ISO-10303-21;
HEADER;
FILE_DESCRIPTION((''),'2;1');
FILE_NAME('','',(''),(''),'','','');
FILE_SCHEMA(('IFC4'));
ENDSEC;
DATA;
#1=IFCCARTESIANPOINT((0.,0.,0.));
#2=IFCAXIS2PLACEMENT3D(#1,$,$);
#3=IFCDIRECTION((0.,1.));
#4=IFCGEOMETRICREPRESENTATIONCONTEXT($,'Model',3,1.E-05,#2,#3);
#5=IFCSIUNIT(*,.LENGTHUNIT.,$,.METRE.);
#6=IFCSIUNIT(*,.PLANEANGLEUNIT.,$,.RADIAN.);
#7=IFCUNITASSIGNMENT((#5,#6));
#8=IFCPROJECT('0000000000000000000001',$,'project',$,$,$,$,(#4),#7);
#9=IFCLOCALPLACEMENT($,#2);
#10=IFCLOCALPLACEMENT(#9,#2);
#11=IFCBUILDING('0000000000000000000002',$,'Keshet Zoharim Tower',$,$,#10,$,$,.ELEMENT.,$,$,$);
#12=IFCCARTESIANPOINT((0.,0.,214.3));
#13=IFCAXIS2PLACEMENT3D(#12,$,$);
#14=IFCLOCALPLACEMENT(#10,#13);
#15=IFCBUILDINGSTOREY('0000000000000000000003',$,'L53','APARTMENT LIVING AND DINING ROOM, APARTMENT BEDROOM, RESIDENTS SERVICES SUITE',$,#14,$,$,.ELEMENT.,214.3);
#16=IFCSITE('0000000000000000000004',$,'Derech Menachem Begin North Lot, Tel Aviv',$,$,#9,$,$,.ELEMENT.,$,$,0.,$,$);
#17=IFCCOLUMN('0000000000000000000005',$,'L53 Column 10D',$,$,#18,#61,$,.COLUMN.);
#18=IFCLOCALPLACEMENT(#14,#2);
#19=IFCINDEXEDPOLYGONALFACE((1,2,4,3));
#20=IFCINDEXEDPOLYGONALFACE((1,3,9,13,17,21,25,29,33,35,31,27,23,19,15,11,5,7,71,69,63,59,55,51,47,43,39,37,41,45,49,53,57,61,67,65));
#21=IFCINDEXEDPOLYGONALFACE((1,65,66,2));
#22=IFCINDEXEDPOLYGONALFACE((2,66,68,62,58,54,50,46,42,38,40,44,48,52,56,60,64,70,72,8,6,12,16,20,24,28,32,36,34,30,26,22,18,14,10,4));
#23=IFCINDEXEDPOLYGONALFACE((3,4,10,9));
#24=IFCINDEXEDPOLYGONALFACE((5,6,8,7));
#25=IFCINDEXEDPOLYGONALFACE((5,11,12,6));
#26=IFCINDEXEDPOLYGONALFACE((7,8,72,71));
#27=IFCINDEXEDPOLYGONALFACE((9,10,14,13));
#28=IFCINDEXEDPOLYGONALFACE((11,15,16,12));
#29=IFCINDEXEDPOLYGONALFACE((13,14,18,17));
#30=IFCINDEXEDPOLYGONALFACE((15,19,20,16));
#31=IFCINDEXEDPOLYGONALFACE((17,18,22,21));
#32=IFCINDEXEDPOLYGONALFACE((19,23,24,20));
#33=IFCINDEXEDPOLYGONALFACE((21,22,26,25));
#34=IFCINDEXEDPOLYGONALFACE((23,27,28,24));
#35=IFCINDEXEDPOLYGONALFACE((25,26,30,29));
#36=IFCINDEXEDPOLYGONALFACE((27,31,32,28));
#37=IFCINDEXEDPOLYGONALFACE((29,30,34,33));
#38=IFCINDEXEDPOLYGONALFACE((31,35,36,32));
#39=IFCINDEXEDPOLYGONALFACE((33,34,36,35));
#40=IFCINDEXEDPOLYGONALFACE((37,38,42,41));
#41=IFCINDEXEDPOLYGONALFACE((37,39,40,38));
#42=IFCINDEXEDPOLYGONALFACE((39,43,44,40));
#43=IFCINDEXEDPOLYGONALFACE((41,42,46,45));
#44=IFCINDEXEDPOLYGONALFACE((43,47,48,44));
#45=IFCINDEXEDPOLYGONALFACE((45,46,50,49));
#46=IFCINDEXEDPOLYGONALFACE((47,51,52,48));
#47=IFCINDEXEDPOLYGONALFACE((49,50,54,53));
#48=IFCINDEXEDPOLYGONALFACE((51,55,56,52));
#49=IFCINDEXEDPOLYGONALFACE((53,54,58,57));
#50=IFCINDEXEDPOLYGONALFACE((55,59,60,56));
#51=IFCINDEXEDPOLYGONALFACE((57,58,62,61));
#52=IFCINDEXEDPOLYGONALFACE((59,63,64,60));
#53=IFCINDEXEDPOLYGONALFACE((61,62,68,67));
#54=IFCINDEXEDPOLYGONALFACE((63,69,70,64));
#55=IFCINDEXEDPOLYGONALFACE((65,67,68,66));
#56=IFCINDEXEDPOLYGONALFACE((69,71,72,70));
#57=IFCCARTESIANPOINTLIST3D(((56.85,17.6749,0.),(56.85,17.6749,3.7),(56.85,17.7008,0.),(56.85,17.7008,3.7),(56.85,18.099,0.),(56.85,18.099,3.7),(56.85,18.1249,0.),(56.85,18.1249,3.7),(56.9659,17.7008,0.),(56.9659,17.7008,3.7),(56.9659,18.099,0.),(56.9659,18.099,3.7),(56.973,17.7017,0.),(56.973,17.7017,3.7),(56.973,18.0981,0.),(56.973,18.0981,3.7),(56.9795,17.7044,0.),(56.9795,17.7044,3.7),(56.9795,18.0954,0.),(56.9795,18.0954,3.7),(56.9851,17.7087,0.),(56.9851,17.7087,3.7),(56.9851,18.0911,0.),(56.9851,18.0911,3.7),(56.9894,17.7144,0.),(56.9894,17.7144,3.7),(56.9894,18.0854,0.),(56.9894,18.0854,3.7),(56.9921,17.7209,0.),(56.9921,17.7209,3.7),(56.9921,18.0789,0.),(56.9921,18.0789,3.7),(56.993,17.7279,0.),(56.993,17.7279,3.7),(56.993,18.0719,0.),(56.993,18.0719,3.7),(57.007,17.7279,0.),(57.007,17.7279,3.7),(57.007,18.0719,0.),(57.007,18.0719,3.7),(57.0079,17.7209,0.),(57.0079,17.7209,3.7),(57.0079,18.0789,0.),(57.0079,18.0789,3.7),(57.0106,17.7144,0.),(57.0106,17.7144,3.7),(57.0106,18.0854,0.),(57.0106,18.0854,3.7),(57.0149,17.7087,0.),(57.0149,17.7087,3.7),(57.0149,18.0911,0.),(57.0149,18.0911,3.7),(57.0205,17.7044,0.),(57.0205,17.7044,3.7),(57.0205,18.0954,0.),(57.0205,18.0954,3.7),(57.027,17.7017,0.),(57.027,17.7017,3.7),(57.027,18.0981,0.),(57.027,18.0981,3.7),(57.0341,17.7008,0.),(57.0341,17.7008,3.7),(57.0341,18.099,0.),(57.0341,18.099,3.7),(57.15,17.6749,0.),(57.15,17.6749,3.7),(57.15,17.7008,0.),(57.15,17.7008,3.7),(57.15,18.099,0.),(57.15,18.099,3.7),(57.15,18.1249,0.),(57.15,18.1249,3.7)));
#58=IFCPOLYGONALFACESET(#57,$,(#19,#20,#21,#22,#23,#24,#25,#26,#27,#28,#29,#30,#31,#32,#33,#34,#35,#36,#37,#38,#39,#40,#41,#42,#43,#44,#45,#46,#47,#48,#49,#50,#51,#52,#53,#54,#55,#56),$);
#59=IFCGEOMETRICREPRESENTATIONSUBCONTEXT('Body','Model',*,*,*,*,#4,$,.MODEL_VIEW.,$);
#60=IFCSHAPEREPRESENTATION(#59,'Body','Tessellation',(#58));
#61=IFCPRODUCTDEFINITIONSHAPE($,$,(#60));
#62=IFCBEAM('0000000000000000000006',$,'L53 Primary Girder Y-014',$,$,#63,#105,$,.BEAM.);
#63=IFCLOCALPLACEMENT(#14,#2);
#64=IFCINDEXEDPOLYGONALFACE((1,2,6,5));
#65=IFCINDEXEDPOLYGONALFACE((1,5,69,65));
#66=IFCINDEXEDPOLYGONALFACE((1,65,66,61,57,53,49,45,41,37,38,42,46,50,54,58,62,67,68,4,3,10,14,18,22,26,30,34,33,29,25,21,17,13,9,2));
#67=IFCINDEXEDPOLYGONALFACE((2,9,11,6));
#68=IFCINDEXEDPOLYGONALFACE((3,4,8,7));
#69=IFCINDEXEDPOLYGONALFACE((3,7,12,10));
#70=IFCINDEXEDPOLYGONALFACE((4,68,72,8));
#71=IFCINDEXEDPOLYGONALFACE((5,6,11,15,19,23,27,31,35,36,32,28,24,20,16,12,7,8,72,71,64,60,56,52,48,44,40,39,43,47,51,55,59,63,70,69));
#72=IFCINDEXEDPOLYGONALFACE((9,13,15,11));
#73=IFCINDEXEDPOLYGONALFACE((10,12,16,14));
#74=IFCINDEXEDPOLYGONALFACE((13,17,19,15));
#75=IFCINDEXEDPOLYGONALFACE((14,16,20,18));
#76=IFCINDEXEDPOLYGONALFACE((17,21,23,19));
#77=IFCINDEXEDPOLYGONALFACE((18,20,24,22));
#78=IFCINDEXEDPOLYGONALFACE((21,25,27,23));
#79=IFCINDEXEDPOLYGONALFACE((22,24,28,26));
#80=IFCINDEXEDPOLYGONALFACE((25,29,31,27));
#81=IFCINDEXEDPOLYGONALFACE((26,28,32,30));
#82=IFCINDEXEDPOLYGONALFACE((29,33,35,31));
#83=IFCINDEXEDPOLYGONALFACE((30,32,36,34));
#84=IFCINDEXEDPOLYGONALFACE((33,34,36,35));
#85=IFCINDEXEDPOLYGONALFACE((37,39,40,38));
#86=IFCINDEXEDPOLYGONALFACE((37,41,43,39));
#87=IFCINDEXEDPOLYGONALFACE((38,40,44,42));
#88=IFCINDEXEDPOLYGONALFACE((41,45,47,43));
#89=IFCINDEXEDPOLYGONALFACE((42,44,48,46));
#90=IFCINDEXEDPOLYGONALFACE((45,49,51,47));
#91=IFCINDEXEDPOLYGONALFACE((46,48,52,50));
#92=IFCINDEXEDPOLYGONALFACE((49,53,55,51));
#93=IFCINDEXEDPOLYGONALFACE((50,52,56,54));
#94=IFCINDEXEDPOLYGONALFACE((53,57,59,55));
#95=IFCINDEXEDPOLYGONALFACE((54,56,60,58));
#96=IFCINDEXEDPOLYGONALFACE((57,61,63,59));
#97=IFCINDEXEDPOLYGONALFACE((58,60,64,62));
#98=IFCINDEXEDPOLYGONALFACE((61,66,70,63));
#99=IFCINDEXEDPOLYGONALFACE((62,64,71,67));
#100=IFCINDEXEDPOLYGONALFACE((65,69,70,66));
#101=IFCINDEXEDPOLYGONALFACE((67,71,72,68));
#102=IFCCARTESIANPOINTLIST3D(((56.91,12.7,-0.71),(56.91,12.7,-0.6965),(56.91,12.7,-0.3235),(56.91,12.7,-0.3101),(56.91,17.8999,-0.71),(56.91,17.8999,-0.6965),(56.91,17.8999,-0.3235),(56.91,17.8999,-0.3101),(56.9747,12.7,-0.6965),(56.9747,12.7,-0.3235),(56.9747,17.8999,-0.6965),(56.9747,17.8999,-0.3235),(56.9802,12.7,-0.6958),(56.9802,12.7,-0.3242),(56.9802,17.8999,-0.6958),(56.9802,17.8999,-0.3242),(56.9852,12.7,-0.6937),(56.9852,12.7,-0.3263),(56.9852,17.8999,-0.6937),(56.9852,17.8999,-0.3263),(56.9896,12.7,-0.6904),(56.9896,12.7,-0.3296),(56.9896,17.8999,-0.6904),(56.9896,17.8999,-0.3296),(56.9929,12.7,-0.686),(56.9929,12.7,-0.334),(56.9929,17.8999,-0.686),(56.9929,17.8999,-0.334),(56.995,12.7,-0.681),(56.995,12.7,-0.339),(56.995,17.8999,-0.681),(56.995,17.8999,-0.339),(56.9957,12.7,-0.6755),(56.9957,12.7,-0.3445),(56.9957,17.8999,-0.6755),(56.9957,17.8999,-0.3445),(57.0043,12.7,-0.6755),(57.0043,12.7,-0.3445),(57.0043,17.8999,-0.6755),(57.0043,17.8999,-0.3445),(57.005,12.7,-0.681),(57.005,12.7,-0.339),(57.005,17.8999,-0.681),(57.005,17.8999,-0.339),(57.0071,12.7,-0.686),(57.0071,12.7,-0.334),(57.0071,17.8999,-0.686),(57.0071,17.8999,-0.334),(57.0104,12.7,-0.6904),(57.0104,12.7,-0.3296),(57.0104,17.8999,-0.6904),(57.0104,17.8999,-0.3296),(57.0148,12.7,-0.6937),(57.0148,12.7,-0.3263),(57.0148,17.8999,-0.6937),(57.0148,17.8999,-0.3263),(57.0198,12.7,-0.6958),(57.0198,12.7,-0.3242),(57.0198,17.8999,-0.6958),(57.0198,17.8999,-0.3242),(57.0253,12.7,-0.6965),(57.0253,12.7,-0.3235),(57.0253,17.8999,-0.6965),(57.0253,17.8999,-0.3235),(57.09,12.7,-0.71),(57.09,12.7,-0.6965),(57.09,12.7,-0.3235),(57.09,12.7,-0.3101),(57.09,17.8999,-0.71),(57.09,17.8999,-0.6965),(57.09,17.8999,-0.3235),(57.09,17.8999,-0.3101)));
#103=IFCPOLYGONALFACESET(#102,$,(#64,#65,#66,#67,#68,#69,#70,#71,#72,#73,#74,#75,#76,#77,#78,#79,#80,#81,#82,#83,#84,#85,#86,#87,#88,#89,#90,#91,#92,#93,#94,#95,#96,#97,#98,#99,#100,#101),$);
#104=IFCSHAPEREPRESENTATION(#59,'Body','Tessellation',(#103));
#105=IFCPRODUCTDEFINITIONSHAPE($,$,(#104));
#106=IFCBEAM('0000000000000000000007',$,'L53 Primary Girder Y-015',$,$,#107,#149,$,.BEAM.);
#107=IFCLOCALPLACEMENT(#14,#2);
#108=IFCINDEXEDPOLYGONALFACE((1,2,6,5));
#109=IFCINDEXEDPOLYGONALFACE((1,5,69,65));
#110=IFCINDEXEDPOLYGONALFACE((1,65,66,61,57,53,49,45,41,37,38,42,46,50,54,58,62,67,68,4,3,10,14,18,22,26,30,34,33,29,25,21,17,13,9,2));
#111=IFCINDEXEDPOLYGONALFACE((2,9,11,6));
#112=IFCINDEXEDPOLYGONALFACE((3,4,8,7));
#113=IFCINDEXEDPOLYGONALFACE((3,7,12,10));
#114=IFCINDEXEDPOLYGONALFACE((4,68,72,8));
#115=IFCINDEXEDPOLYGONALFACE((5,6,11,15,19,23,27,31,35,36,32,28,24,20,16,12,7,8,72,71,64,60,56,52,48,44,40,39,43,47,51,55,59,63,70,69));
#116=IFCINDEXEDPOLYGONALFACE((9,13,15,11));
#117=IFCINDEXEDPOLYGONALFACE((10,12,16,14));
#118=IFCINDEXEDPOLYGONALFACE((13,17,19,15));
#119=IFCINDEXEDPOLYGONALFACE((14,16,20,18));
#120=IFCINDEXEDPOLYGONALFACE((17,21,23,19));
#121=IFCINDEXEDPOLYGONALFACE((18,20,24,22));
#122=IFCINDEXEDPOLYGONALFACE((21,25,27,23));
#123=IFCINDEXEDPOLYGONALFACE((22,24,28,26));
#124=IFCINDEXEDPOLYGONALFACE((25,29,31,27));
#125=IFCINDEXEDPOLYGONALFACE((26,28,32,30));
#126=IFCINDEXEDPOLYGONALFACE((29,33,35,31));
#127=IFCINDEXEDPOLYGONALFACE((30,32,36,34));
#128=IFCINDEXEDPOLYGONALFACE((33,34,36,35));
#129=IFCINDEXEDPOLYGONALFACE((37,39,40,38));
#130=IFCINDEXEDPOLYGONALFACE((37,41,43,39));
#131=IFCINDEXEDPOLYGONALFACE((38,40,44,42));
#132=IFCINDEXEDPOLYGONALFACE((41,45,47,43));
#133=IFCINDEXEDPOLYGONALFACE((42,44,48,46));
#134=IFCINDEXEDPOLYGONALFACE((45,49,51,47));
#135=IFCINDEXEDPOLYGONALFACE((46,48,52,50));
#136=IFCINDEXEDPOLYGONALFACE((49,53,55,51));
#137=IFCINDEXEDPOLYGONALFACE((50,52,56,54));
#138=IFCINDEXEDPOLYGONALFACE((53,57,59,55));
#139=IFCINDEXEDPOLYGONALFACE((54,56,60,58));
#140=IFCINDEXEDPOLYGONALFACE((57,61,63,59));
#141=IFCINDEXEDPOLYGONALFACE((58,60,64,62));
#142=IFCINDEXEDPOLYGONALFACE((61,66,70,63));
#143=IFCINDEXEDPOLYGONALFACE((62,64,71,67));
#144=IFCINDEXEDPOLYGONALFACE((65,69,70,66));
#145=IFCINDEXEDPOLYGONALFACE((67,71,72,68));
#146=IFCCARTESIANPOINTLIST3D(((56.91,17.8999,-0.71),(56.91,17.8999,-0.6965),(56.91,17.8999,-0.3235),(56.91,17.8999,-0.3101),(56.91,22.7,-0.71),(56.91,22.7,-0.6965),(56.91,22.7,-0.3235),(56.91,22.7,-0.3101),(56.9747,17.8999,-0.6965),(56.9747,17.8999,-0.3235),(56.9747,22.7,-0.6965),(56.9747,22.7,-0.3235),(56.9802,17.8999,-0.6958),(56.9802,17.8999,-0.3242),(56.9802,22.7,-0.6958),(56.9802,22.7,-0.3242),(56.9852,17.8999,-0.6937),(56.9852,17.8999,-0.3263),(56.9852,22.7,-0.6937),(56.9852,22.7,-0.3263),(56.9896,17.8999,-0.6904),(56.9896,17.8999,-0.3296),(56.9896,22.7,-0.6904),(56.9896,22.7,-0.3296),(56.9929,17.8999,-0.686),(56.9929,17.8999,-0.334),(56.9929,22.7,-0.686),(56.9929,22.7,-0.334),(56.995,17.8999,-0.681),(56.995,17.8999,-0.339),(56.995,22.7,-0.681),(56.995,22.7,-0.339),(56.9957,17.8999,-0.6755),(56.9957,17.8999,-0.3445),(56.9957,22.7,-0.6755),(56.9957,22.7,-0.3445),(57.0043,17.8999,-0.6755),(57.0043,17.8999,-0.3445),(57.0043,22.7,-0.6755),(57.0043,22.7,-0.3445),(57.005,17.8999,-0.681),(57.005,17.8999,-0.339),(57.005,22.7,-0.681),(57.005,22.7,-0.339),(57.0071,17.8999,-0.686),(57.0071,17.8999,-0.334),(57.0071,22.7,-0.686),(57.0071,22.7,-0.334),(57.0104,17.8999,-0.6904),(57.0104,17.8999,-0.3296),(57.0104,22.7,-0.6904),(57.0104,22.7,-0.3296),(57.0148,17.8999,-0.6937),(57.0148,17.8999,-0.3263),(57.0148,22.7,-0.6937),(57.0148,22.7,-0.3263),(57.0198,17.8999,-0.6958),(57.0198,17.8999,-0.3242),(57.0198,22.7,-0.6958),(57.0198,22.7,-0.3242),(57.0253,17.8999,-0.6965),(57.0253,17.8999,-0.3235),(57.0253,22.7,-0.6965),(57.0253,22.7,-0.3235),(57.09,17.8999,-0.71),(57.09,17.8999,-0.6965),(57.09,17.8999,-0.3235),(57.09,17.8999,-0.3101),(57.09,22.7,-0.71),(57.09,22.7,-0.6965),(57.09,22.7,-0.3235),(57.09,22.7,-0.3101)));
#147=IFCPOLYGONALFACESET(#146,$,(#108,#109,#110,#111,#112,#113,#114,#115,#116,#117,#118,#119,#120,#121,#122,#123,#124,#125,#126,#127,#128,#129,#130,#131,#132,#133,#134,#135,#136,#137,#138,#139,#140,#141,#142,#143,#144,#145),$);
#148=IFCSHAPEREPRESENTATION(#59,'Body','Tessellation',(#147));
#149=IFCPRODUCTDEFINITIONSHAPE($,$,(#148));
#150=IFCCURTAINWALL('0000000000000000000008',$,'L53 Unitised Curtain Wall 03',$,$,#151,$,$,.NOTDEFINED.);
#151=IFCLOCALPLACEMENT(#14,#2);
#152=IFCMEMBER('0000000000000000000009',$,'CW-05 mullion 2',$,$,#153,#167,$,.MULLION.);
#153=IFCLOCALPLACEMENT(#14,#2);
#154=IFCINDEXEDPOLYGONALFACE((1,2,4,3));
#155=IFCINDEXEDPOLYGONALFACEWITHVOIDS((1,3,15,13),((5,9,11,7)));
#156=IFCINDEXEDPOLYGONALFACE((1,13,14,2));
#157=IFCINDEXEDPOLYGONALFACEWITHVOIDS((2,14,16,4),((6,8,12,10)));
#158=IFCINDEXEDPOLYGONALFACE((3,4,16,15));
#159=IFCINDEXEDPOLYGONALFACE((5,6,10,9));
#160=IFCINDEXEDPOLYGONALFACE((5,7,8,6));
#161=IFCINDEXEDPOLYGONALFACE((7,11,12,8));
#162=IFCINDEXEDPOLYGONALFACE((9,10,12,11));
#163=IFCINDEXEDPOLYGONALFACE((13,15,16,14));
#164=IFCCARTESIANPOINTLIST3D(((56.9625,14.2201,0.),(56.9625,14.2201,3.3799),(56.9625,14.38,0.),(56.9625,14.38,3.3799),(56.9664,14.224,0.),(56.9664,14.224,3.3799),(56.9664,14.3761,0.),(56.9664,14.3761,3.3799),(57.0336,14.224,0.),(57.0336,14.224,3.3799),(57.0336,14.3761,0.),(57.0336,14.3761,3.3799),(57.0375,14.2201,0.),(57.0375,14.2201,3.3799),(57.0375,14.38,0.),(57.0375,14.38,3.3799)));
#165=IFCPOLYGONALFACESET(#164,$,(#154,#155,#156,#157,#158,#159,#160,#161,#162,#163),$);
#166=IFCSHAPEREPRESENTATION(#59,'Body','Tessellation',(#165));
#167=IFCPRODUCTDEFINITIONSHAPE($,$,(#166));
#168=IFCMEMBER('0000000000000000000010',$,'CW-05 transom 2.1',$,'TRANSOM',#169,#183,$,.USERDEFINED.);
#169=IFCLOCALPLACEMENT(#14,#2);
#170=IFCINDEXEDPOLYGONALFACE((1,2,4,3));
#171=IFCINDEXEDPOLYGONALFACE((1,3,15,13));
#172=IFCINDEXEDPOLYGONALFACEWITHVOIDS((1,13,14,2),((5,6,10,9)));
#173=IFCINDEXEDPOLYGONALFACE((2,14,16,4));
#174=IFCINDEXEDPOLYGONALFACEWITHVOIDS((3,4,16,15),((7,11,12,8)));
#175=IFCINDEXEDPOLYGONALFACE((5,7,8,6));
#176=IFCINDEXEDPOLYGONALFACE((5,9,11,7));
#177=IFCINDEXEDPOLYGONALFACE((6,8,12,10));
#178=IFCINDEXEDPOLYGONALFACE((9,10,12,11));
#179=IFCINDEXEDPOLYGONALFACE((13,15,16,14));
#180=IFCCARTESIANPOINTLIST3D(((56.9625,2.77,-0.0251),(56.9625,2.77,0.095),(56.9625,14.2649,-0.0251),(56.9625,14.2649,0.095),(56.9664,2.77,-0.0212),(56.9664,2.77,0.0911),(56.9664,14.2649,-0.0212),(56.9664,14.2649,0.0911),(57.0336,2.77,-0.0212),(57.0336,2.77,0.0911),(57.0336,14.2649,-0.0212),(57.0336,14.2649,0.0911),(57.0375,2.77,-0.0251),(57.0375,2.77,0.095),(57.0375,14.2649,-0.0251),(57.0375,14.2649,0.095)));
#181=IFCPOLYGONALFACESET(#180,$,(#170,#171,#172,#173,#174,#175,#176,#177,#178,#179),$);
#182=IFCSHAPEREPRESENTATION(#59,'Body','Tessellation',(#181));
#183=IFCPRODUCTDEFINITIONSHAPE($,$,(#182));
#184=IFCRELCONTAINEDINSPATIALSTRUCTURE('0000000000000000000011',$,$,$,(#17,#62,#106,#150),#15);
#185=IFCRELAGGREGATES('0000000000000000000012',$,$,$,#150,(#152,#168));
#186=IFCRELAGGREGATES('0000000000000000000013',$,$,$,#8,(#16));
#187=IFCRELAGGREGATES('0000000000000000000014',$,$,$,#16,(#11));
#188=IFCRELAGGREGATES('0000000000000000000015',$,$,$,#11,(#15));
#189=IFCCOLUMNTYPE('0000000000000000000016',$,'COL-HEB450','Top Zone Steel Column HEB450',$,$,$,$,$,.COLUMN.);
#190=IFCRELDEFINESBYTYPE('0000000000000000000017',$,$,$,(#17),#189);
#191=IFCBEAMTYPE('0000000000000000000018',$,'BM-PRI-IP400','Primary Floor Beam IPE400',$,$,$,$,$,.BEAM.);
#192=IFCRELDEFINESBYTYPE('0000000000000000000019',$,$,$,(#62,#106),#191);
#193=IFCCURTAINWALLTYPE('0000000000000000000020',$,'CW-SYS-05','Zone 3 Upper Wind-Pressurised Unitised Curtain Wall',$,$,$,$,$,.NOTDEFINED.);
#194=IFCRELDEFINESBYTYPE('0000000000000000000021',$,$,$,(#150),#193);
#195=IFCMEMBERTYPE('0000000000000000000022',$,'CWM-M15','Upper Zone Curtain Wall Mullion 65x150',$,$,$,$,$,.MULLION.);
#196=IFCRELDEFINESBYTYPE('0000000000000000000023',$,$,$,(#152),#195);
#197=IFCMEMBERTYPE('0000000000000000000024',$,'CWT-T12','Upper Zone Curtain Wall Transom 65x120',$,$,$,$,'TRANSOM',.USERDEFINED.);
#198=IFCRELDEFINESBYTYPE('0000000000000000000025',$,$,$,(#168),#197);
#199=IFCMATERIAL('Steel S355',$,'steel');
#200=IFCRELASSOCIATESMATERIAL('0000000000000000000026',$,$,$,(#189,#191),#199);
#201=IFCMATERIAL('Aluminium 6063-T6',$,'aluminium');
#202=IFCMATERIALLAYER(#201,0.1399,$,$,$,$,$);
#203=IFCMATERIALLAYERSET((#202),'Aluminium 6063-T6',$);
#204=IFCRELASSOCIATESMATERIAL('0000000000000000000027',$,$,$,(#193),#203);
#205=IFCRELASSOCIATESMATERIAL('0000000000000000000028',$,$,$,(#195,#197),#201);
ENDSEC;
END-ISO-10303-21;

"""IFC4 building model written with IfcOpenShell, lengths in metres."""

from ifc_helpers import new_model, si_unit, direction, frame, origin, origin_2d, place, context, subcontext, project, spatial, hollow_rectangle, i_section, extrude, material, layer, layer_set, material_profile, profile_set, type_object, element, aggregate, save


model = new_model("IFC4")

# Units and contexts
model_context = context("Model", 3, precision=1e-05, world=origin(), true_north=direction((0.0, 1.0)))
body_context = subcontext(model_context, "Body", "Model", "MODEL_VIEW")
ifc_project = project(units=[si_unit("LENGTHUNIT", "METRE"), si_unit("PLANEANGLEUNIT", "RADIAN")], contexts=[model_context])

# Site, building, storey
site_placement = place(None, origin())
site = spatial("IfcSite", under=ifc_project, at=site_placement, Name="Derech Menachem Begin North Lot, Tel Aviv", CompositionType="ELEMENT", RefElevation=0.0)
building_placement = place(site_placement, origin())
building = spatial("IfcBuilding", under=site, at=building_placement, Name="Keshet Zoharim Tower", CompositionType="ELEMENT")
storey_placement = place(building_placement, frame((0.0, 0.0, 214.3)))
storey = spatial("IfcBuildingStorey", under=building, at=storey_placement, Name="L53", Description="APARTMENT LIVING AND DINING ROOM, APARTMENT BEDROOM, RESIDENTS SERVICES SUITE", CompositionType="ELEMENT", Elevation=214.3)

# Column
ifc_material_1 = material(Name="Steel S355", Category="steel")
ifc_material_profile_1 = material_profile(ifc_material_1, i_section(OverallWidth=0.3, OverallDepth=0.45, WebThickness=0.0139, FlangeThickness=0.0259, FilletRadius=0.0271, at=origin_2d()), Name="HEB450")
ifc_profile_set_1 = profile_set([ifc_material_profile_1], Name="Steel S355")
column_type = type_object("IfcColumnType", Name="COL-HEB450", Description="Top Zone Steel Column HEB450", PredefinedType="COLUMN", material=ifc_profile_set_1)
column_placement = place(storey_placement, frame((57.0, 17.8999, 0.0), z_axis=(0.0, 0.0, 1.0), x_axis=(1.0, 0.0, 0.0)))
element("IfcColumn", 1, at=column_placement, inside=storey, type_object=column_type, Name="L53 Column 10D", PredefinedType="COLUMN", context=body_context, shape_type="SweptSolid", body=[
    extrude(i_section(OverallWidth=0.3, OverallDepth=0.45, WebThickness=0.0139, FlangeThickness=0.0259, FilletRadius=0.0271, at=origin_2d()), origin(), (0.0, 0.0, 1.0), 3.7),
])

# Beams
ifc_material_profile_2 = material_profile(ifc_material_1, i_section(OverallWidth=0.1799, OverallDepth=0.3999, WebThickness=0.0085, FlangeThickness=0.0134, FilletRadius=0.021, at=origin_2d()), Name="IPE400")
ifc_profile_set_2 = profile_set([ifc_material_profile_2], Name="Steel S355")
beam_type = type_object("IfcBeamType", Name="BM-PRI-IP400", Description="Primary Floor Beam IPE400", PredefinedType="BEAM", material=ifc_profile_set_2)
beam_1_placement = place(storey_placement, frame((57.0, 12.7, -0.51), z_axis=(0.0, 1.0, 0.0), x_axis=(-1.0, 0.0, 0.0)))
element("IfcBeam", 2, at=beam_1_placement, inside=storey, type_object=beam_type, Name="L53 Primary Girder Y-014", PredefinedType="BEAM", context=body_context, shape_type="SweptSolid", body=[
    extrude(i_section(OverallWidth=0.1799, OverallDepth=0.3999, WebThickness=0.0085, FlangeThickness=0.0134, FilletRadius=0.021, at=origin_2d()), origin(), (0.0, 0.0, 1.0), 5.2),
])
beam_2_placement = place(storey_placement, frame((57.0, 17.8999, -0.51), z_axis=(0.0, 1.0, 0.0), x_axis=(-1.0, 0.0, 0.0)))
element("IfcBeam", 3, at=beam_2_placement, inside=storey, type_object=beam_type, Name="L53 Primary Girder Y-015", PredefinedType="BEAM", context=body_context, shape_type="SweptSolid", body=[
    extrude(i_section(OverallWidth=0.1799, OverallDepth=0.3999, WebThickness=0.0085, FlangeThickness=0.0134, FilletRadius=0.021, at=origin_2d()), origin(), (0.0, 0.0, 1.0), 4.8),
])

# Curtain wall, members
ifc_material_2 = material(Name="Aluminium 6063-T6", Category="aluminium")
ifc_layer_1 = layer(ifc_material_2, 0.1399)
ifc_layer_set_1 = layer_set([ifc_layer_1], Name="Aluminium 6063-T6")
curtain_wall_type = type_object("IfcCurtainWallType", Name="CW-SYS-05", Description="Zone 3 Upper Wind-Pressurised Unitised Curtain Wall", PredefinedType="NOTDEFINED", material=ifc_layer_set_1)
curtain_wall_placement = place(storey_placement, origin())
curtain_wall = element("IfcCurtainWall", 4, at=curtain_wall_placement, inside=storey, type_object=curtain_wall_type, Name="L53 Unitised Curtain Wall 03", PredefinedType="NOTDEFINED")
ifc_material_profile_3 = material_profile(ifc_material_2, hollow_rectangle(XDim=0.075, YDim=0.1599, WallThickness=0.0039, at=origin_2d()), Name="MUL-75x160")
ifc_profile_set_3 = profile_set([ifc_material_profile_3], Name="Aluminium 6063-T6")
member_type_1 = type_object("IfcMemberType", Name="CWM-M15", Description="Upper Zone Curtain Wall Mullion 65x150", PredefinedType="MULLION", material=ifc_profile_set_3)
member_1_placement = place(storey_placement, frame((57.0, 14.3, 0.0), z_axis=(0.0, 0.0, 1.0), x_axis=(1.0, 0.0, 0.0)))
member_1 = element("IfcMember", 5, at=member_1_placement, type_object=member_type_1, Name="CW-05 mullion 2", PredefinedType="MULLION", context=body_context, shape_type="SweptSolid", body=[
    extrude(hollow_rectangle(XDim=0.075, YDim=0.1599, WallThickness=0.0039, at=origin_2d()), origin(), (0.0, 0.0, 1.0), 3.3799),
])
ifc_material_profile_4 = material_profile(ifc_material_2, hollow_rectangle(XDim=0.075, YDim=0.1201, WallThickness=0.0039, at=origin_2d()), Name="TRN-75x120")
ifc_profile_set_4 = profile_set([ifc_material_profile_4], Name="Aluminium 6063-T6")
member_type_2 = type_object("IfcMemberType", Name="CWT-T12", Description="Upper Zone Curtain Wall Transom 65x120", ElementType="TRANSOM", PredefinedType="USERDEFINED", material=ifc_profile_set_4)
member_2_placement = place(storey_placement, frame((57.0, 14.2649, 0.0349), z_axis=(0.0, -1.0, 0.0), x_axis=(1.0, 0.0, 0.0)))
member_2 = element("IfcMember", 6, at=member_2_placement, type_object=member_type_2, Name="CW-05 transom 2.1", ObjectType="TRANSOM", PredefinedType="USERDEFINED", context=body_context, shape_type="SweptSolid", body=[
    extrude(hollow_rectangle(XDim=0.075, YDim=0.1201, WallThickness=0.0039, at=origin_2d()), origin(), (0.0, 0.0, 1.0), 11.4949),
])
aggregate(curtain_wall, [member_1, member_2])

save(model, "model.ifc")
